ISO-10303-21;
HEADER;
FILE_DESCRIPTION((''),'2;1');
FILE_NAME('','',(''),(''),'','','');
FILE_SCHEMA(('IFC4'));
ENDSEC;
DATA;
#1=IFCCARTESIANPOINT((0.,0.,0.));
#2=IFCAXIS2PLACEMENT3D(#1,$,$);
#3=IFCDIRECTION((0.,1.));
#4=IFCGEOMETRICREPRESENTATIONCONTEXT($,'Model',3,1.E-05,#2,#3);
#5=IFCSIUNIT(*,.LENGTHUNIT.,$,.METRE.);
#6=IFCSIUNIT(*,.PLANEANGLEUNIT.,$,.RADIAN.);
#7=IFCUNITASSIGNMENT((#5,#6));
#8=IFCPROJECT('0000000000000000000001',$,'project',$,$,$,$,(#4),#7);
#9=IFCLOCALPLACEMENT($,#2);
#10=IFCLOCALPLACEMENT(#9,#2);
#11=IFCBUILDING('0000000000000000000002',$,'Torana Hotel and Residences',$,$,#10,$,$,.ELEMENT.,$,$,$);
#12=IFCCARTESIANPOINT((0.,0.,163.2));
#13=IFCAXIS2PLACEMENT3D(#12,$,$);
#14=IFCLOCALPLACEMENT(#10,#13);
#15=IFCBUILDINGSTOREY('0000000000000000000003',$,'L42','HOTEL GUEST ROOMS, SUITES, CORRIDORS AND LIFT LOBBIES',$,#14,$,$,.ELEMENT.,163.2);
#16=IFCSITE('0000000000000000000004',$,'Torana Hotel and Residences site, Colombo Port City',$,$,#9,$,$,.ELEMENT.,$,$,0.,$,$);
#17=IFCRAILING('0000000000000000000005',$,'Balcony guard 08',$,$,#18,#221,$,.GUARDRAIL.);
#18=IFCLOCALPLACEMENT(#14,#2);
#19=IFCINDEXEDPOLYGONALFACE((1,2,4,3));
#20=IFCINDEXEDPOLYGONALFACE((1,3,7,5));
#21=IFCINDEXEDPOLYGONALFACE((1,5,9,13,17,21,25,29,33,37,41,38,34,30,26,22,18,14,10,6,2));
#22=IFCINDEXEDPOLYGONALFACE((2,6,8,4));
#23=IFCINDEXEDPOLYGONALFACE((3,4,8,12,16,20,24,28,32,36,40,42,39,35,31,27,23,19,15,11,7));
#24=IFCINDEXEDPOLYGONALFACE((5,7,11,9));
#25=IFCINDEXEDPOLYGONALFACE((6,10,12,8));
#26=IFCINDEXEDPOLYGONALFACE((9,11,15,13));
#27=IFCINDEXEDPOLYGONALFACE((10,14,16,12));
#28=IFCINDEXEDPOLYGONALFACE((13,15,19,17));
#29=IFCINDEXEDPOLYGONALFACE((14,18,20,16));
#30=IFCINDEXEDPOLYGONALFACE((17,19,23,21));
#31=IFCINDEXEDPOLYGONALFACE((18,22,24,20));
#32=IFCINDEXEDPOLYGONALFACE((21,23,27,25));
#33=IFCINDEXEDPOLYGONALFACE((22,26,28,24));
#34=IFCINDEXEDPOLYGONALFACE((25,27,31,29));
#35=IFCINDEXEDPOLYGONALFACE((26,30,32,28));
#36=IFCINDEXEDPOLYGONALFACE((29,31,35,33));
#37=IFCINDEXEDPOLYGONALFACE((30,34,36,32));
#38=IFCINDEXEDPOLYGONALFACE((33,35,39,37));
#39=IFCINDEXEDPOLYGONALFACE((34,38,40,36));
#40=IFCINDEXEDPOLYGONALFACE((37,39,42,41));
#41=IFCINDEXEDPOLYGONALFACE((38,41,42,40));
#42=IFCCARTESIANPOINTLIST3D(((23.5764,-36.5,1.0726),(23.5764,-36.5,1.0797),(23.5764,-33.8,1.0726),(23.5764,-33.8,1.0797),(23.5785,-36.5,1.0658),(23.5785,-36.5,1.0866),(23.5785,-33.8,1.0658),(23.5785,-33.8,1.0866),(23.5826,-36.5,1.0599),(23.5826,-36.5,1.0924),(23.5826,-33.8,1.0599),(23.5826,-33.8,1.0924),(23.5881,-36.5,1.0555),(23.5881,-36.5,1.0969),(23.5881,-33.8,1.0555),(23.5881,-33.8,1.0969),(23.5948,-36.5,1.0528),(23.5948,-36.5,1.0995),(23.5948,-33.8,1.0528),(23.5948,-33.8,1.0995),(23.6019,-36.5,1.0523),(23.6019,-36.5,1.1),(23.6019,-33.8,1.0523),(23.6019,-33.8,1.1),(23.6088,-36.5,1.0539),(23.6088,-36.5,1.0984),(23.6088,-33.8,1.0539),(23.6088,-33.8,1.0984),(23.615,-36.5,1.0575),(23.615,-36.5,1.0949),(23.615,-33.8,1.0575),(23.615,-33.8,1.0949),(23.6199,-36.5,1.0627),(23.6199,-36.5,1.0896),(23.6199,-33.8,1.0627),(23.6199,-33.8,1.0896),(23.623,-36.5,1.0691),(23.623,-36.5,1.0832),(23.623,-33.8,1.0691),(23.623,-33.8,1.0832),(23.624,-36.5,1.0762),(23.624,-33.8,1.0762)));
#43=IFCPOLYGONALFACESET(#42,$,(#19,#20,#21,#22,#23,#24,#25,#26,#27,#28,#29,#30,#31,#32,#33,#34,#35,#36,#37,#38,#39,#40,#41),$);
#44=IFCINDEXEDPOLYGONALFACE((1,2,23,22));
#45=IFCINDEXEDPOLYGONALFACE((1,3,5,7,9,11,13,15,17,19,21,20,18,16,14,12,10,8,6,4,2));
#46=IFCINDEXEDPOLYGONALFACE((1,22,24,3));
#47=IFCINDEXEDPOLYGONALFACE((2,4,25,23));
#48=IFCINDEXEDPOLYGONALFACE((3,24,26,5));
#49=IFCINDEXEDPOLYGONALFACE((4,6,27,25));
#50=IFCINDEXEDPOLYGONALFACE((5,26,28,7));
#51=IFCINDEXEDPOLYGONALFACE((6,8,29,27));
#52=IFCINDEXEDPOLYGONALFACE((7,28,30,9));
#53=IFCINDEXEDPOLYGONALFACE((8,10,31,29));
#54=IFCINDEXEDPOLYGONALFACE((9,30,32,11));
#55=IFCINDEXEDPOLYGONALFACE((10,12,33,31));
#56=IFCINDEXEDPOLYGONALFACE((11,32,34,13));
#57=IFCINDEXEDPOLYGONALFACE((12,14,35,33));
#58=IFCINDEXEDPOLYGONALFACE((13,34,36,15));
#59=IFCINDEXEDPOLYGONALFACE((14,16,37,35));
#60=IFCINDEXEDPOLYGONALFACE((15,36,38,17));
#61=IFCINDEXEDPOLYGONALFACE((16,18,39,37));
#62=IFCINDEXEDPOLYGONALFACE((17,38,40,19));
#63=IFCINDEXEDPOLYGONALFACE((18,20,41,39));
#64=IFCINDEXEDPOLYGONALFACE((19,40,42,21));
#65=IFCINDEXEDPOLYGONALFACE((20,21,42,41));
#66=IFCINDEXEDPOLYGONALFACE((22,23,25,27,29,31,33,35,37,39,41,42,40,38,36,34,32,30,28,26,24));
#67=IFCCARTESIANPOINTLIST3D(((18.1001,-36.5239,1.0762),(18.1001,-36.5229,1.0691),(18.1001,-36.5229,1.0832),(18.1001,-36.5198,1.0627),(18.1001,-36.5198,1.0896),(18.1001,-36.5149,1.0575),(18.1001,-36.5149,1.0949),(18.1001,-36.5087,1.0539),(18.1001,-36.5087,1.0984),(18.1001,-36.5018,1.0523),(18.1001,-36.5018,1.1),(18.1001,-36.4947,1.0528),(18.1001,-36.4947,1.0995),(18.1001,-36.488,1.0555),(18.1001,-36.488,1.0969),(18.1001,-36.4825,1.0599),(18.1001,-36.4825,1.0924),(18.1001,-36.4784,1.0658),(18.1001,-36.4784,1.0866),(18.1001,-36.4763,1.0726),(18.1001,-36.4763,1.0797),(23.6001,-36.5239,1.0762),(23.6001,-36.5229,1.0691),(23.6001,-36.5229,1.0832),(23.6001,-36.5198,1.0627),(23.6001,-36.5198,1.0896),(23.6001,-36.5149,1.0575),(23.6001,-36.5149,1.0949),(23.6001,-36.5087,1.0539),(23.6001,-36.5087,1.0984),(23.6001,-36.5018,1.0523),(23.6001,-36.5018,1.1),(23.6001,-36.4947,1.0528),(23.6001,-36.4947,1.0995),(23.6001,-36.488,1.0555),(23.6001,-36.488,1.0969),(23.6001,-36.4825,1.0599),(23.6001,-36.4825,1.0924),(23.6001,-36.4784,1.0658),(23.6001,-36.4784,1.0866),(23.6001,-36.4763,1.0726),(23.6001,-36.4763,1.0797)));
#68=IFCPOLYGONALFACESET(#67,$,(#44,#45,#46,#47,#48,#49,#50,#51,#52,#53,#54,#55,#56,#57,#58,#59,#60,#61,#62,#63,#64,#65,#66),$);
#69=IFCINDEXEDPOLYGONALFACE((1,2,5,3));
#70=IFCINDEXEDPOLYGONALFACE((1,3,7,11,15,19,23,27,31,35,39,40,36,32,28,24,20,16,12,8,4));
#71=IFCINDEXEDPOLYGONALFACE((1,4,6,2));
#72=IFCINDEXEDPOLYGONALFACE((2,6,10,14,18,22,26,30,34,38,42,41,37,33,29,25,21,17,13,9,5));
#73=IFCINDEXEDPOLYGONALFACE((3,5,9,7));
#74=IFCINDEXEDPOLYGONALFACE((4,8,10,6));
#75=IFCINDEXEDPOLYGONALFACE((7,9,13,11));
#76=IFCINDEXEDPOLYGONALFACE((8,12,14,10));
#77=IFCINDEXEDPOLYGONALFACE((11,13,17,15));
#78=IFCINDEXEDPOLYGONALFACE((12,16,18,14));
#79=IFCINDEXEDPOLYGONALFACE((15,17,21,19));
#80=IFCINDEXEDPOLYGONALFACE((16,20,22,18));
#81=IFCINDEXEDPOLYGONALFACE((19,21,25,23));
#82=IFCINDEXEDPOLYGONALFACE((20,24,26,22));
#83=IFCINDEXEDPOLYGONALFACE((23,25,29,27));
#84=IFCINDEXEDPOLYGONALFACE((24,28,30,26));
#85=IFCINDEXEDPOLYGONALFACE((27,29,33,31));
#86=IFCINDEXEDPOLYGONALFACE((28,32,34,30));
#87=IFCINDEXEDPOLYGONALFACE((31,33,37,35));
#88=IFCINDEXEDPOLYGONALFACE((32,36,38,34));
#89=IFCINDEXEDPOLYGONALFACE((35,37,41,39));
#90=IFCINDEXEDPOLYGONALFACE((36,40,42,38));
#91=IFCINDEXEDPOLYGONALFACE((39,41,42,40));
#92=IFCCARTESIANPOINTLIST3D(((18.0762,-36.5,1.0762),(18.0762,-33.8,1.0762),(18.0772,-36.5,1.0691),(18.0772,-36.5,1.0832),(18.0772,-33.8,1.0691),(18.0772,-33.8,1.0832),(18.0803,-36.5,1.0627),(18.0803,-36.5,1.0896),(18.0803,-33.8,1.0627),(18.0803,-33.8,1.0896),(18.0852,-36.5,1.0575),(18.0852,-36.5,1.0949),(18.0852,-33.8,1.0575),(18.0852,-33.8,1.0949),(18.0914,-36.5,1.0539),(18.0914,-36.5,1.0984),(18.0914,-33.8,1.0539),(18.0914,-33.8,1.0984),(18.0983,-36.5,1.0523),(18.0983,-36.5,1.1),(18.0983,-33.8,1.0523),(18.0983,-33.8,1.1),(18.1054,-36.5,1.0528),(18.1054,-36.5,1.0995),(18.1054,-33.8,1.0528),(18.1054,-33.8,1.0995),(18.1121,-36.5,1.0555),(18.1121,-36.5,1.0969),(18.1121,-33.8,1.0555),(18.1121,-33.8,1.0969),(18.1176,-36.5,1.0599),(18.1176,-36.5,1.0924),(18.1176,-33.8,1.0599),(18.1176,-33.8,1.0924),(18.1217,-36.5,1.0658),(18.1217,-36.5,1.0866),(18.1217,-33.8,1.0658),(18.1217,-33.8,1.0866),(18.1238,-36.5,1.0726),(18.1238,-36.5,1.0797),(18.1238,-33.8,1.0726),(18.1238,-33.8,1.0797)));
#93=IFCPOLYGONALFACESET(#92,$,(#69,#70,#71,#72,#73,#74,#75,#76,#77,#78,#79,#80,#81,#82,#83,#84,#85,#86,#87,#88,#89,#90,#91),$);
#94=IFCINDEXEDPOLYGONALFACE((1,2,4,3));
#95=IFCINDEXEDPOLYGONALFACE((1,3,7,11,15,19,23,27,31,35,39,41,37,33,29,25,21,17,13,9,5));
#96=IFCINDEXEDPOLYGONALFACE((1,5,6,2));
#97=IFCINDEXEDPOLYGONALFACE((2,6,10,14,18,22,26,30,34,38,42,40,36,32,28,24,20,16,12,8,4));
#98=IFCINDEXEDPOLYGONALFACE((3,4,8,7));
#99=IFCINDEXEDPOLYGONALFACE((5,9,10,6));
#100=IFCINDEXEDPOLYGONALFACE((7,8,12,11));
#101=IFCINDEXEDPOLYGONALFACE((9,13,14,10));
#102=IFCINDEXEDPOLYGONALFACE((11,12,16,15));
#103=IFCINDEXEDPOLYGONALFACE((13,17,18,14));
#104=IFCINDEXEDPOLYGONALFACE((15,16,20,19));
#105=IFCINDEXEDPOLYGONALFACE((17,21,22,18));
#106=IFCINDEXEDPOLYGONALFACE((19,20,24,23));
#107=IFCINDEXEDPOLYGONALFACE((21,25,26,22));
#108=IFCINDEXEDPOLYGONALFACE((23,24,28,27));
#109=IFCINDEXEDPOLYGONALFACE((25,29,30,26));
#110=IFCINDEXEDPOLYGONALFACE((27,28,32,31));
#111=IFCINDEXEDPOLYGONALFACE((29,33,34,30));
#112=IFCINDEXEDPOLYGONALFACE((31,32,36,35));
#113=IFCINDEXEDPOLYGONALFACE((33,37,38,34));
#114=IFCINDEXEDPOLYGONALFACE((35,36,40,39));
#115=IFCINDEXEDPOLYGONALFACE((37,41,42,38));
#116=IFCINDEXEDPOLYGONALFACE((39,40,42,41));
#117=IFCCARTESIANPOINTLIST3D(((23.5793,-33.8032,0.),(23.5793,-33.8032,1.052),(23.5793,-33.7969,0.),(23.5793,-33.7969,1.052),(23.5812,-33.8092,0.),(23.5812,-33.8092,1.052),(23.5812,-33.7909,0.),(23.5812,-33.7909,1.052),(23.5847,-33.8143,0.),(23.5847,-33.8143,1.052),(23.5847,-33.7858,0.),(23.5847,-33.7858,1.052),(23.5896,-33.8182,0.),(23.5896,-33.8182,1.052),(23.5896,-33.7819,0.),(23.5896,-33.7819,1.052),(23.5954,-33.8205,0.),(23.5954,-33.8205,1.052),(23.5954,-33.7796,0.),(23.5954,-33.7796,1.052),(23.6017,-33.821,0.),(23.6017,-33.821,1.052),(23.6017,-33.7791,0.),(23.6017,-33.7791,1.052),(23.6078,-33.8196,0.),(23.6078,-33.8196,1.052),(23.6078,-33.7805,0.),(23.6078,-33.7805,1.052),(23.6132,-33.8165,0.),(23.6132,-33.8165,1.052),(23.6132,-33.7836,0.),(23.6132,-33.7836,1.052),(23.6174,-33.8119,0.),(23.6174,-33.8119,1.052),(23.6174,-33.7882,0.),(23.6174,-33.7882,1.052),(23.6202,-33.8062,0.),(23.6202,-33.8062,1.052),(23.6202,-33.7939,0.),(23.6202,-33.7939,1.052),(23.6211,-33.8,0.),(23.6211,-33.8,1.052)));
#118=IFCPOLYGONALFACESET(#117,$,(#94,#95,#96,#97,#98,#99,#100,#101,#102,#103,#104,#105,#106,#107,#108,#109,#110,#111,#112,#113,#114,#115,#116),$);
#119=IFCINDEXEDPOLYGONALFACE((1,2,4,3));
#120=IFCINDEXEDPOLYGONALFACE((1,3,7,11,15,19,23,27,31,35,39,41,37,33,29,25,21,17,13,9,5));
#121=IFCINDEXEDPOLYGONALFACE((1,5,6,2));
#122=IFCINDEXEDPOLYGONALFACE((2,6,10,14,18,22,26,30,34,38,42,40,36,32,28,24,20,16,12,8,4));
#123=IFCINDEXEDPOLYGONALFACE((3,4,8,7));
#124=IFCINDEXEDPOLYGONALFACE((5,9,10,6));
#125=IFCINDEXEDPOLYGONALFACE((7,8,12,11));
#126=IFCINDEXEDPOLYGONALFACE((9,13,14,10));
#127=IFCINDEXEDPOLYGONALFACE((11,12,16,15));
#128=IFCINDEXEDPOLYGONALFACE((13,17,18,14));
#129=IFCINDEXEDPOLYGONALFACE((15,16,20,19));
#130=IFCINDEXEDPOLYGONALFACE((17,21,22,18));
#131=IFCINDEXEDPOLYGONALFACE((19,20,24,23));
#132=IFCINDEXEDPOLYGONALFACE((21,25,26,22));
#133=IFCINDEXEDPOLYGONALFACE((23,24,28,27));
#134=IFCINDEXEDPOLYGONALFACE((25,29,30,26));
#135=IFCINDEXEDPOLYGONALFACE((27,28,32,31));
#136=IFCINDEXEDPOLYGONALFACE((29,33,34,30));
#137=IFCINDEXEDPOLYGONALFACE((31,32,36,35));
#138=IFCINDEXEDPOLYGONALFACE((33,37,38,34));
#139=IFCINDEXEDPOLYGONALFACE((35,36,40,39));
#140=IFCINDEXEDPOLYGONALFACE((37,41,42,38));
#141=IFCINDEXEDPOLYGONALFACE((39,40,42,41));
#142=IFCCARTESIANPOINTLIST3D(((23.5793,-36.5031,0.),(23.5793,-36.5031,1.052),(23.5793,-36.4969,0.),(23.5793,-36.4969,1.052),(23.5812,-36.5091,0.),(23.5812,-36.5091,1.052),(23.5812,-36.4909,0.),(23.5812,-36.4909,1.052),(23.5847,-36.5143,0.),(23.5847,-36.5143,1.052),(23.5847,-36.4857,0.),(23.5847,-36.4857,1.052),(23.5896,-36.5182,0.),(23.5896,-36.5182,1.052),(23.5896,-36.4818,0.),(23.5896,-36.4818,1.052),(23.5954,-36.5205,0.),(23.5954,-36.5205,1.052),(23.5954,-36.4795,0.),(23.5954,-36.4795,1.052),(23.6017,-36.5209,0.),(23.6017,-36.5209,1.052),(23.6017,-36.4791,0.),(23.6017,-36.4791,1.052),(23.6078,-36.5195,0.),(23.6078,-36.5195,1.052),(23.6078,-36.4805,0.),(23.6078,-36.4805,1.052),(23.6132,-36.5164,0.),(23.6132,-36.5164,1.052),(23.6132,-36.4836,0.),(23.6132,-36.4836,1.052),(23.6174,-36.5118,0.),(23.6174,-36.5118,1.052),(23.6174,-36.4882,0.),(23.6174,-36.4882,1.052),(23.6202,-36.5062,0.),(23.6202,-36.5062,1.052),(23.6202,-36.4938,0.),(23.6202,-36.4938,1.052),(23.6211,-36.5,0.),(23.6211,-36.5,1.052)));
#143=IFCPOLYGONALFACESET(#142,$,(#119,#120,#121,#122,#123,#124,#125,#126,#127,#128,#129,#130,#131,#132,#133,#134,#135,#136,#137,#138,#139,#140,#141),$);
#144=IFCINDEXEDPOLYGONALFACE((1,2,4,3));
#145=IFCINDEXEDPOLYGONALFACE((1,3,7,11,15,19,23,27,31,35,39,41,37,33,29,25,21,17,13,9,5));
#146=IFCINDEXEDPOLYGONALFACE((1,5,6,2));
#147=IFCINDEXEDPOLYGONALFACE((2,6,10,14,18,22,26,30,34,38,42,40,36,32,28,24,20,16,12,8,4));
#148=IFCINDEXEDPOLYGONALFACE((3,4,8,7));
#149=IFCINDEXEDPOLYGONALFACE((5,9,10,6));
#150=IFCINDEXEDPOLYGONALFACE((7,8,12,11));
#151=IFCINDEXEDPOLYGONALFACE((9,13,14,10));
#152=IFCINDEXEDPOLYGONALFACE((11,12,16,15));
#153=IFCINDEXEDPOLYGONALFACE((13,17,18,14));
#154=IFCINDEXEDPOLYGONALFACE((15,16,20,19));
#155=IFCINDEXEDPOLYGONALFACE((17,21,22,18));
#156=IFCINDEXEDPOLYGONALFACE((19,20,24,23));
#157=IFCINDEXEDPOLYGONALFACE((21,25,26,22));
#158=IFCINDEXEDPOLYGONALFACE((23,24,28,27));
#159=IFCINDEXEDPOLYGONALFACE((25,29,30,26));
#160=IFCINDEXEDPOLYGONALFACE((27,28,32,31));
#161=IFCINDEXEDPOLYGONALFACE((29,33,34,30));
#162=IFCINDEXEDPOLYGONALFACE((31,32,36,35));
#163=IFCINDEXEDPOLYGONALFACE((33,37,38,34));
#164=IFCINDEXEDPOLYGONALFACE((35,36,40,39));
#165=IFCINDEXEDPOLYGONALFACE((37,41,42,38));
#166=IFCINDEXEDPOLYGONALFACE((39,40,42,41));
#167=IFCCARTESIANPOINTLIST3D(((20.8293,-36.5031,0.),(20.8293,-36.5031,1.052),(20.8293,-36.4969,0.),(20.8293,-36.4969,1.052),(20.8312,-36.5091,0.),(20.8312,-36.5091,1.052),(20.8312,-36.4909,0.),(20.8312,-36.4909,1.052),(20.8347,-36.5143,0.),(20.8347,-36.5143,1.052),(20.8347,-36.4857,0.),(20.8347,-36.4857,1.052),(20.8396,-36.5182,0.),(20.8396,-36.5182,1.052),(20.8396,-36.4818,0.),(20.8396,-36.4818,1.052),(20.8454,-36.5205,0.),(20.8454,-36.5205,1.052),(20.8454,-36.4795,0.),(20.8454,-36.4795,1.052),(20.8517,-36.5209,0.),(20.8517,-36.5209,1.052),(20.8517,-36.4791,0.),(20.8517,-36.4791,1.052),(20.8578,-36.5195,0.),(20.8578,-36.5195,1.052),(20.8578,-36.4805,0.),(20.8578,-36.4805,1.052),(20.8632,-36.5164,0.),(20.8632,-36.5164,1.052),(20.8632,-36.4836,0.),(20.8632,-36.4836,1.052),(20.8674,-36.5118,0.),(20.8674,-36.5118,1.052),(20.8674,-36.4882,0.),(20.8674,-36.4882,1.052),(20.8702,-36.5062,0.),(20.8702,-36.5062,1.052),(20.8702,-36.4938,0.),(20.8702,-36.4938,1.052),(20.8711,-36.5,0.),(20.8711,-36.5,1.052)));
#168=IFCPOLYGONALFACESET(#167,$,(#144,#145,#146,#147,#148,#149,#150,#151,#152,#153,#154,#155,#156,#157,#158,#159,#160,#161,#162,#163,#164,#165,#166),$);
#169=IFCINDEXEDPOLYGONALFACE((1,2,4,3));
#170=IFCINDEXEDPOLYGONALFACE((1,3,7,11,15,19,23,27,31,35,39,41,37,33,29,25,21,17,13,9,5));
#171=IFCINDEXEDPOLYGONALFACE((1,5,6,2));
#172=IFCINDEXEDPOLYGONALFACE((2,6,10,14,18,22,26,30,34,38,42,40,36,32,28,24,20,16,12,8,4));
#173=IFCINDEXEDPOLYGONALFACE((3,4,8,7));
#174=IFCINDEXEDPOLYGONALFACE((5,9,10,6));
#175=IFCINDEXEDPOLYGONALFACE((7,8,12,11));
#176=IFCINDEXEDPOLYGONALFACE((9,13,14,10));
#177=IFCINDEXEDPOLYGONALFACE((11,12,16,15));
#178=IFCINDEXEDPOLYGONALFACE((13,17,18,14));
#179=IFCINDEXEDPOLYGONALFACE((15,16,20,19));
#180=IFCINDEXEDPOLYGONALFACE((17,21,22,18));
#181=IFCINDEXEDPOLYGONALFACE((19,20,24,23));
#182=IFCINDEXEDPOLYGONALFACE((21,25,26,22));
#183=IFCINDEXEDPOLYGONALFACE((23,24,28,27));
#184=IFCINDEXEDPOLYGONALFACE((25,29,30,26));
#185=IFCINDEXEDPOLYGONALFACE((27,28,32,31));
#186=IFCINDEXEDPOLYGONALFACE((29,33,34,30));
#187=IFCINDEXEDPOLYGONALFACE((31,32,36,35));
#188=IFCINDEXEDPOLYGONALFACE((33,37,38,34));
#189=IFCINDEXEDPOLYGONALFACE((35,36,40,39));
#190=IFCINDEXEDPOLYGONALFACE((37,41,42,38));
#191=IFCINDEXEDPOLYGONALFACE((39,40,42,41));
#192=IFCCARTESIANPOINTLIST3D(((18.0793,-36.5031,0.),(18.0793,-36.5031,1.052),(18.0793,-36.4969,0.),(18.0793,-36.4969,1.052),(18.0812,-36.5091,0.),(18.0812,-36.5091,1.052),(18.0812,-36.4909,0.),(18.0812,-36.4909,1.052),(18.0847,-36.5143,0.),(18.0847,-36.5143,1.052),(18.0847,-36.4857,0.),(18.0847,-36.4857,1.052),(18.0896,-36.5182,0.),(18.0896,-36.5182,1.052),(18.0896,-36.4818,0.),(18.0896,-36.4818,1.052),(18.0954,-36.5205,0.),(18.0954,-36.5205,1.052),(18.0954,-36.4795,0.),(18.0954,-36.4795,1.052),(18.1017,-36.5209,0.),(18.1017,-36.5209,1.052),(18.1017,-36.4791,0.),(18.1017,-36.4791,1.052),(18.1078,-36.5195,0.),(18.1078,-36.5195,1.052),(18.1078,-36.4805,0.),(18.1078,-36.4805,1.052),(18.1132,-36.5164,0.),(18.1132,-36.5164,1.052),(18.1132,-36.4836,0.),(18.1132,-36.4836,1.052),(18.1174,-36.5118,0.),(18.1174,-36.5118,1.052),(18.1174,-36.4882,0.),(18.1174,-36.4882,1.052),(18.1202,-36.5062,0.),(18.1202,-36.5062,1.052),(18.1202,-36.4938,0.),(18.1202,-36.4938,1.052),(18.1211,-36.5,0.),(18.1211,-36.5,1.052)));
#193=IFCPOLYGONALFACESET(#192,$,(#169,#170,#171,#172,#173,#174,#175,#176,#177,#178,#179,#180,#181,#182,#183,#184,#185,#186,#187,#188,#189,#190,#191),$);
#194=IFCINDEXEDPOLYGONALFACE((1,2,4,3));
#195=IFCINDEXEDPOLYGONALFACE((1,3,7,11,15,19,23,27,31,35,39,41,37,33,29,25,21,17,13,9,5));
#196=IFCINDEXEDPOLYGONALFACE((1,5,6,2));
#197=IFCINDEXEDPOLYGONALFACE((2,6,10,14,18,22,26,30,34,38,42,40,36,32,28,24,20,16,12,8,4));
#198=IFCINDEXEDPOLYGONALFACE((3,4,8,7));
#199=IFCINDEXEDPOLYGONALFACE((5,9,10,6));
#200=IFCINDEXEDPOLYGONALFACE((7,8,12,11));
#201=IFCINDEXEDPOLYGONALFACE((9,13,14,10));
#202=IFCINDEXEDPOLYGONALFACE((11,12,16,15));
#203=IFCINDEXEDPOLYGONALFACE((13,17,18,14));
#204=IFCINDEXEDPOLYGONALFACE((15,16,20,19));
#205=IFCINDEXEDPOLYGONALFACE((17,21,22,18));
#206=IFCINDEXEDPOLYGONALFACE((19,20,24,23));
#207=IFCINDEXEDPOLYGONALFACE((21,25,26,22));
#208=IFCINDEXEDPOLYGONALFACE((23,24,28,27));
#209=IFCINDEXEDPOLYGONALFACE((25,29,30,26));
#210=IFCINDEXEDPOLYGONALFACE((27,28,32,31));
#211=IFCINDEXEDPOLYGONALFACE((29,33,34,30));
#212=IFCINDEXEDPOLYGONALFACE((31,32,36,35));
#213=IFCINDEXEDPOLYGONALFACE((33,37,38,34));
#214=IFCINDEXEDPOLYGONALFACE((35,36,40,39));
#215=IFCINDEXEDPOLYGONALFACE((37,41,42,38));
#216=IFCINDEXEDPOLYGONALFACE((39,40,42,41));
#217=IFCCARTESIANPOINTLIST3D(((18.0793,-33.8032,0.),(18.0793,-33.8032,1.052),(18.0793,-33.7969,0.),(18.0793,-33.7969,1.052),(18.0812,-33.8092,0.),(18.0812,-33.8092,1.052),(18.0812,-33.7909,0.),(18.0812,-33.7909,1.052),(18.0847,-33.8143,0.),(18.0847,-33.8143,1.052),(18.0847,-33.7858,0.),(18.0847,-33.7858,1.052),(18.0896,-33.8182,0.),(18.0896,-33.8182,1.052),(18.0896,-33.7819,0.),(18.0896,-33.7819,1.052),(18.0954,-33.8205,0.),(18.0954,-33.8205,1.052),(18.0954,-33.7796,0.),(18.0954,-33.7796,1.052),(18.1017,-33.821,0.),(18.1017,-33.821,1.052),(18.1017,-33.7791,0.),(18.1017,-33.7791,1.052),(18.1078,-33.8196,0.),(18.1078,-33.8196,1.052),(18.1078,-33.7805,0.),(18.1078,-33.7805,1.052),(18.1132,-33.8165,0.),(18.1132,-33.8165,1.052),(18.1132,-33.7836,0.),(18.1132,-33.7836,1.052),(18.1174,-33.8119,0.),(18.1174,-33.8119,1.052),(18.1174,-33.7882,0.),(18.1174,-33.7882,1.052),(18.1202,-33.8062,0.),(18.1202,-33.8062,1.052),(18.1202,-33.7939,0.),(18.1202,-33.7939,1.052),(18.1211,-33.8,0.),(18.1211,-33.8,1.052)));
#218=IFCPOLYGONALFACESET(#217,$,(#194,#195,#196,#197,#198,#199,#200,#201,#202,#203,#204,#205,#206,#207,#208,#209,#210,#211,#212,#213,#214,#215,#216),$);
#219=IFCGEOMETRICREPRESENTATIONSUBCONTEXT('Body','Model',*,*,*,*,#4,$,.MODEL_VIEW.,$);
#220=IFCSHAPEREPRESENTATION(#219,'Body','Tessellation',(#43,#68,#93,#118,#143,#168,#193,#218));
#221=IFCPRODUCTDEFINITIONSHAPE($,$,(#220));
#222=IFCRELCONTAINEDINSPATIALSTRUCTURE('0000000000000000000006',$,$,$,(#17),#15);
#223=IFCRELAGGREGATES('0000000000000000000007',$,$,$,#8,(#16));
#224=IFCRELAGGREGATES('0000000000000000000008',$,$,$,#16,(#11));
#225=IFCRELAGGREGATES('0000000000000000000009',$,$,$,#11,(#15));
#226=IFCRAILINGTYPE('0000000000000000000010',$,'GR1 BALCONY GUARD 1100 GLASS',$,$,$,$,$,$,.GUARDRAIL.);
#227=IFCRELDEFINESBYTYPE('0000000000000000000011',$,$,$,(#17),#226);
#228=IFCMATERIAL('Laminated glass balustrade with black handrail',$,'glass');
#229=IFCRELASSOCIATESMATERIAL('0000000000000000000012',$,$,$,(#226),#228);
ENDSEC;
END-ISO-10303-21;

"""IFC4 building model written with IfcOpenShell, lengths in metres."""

from ifc_helpers import new_model, si_unit, direction, frame, origin, origin_2d, place, context, subcontext, project, spatial, circle, extrude, material, type_object, element, save


model = new_model("IFC4")

# Units and contexts
model_context = context("Model", 3, precision=1e-05, world=origin(), true_north=direction((0.0, 1.0)))
body_context = subcontext(model_context, "Body", "Model", "MODEL_VIEW")
ifc_project = project(units=[si_unit("LENGTHUNIT", "METRE"), si_unit("PLANEANGLEUNIT", "RADIAN")], contexts=[model_context])

# Site, building, storey
site_placement = place(None, origin())
site = spatial("IfcSite", under=ifc_project, at=site_placement, Name="Torana Hotel and Residences site, Colombo Port City", CompositionType="ELEMENT", RefElevation=0.0)
building_placement = place(site_placement, origin())
building = spatial("IfcBuilding", under=site, at=building_placement, Name="Torana Hotel and Residences", CompositionType="ELEMENT")
storey_placement = place(building_placement, frame((0.0, 0.0, 163.2)))
storey = spatial("IfcBuildingStorey", under=building, at=storey_placement, Name="L42", Description="HOTEL GUEST ROOMS, SUITES, CORRIDORS AND LIFT LOBBIES", CompositionType="ELEMENT", Elevation=163.2)

# Railing
ifc_material_1 = material(Name="Laminated glass balustrade with black handrail", Category="glass")
railing_type = type_object("IfcRailingType", Name="GR1 BALCONY GUARD 1100 GLASS", PredefinedType="GUARDRAIL", material=ifc_material_1)
railing_1_placement = place(storey_placement, frame((23.6001, -33.8, 0.0)))
element("IfcRailing", 1, at=railing_1_placement, inside=storey, type_object=railing_type, Name="Balcony guard 08", PredefinedType="GUARDRAIL", context=body_context, shape_type="SweptSolid", body=[
    extrude(circle(Radius=0.0239, at=origin_2d()), frame((0.0, 0.0, 1.0762), z_axis=(0.0, -1.0, 0.0), x_axis=(1.0, 0.0, 0.0)), (0.0, 0.0, 1.0), 2.7),
    extrude(circle(Radius=0.0239, at=origin_2d()), frame((0.0, -2.7, 1.0762), z_axis=(-1.0, 0.0, 0.0), x_axis=(0.0, -1.0, 0.0)), (0.0, 0.0, 1.0), 5.5),
    extrude(circle(Radius=0.0239, at=origin_2d()), frame((-5.5, -2.7, 1.0762), z_axis=(0.0, 1.0, 0.0), x_axis=(-1.0, 0.0, 0.0)), (0.0, 0.0, 1.0), 2.7),
    extrude(circle(Radius=0.021, at=origin_2d()), origin(), (0.0, 0.0, 1.0), 1.052),
    extrude(circle(Radius=0.021, at=origin_2d()), frame((0.0, -2.7, 0.0)), (0.0, 0.0, 1.0), 1.052),
    extrude(circle(Radius=0.021, at=origin_2d()), frame((-2.75, -2.7, 0.0)), (0.0, 0.0, 1.0), 1.052),
    extrude(circle(Radius=0.021, at=origin_2d()), frame((-5.5, -2.7, 0.0)), (0.0, 0.0, 1.0), 1.052),
    extrude(circle(Radius=0.021, at=origin_2d()), frame((-5.5, 0.0, 0.0)), (0.0, 0.0, 1.0), 1.052),
])

save(model, "model.ifc")
